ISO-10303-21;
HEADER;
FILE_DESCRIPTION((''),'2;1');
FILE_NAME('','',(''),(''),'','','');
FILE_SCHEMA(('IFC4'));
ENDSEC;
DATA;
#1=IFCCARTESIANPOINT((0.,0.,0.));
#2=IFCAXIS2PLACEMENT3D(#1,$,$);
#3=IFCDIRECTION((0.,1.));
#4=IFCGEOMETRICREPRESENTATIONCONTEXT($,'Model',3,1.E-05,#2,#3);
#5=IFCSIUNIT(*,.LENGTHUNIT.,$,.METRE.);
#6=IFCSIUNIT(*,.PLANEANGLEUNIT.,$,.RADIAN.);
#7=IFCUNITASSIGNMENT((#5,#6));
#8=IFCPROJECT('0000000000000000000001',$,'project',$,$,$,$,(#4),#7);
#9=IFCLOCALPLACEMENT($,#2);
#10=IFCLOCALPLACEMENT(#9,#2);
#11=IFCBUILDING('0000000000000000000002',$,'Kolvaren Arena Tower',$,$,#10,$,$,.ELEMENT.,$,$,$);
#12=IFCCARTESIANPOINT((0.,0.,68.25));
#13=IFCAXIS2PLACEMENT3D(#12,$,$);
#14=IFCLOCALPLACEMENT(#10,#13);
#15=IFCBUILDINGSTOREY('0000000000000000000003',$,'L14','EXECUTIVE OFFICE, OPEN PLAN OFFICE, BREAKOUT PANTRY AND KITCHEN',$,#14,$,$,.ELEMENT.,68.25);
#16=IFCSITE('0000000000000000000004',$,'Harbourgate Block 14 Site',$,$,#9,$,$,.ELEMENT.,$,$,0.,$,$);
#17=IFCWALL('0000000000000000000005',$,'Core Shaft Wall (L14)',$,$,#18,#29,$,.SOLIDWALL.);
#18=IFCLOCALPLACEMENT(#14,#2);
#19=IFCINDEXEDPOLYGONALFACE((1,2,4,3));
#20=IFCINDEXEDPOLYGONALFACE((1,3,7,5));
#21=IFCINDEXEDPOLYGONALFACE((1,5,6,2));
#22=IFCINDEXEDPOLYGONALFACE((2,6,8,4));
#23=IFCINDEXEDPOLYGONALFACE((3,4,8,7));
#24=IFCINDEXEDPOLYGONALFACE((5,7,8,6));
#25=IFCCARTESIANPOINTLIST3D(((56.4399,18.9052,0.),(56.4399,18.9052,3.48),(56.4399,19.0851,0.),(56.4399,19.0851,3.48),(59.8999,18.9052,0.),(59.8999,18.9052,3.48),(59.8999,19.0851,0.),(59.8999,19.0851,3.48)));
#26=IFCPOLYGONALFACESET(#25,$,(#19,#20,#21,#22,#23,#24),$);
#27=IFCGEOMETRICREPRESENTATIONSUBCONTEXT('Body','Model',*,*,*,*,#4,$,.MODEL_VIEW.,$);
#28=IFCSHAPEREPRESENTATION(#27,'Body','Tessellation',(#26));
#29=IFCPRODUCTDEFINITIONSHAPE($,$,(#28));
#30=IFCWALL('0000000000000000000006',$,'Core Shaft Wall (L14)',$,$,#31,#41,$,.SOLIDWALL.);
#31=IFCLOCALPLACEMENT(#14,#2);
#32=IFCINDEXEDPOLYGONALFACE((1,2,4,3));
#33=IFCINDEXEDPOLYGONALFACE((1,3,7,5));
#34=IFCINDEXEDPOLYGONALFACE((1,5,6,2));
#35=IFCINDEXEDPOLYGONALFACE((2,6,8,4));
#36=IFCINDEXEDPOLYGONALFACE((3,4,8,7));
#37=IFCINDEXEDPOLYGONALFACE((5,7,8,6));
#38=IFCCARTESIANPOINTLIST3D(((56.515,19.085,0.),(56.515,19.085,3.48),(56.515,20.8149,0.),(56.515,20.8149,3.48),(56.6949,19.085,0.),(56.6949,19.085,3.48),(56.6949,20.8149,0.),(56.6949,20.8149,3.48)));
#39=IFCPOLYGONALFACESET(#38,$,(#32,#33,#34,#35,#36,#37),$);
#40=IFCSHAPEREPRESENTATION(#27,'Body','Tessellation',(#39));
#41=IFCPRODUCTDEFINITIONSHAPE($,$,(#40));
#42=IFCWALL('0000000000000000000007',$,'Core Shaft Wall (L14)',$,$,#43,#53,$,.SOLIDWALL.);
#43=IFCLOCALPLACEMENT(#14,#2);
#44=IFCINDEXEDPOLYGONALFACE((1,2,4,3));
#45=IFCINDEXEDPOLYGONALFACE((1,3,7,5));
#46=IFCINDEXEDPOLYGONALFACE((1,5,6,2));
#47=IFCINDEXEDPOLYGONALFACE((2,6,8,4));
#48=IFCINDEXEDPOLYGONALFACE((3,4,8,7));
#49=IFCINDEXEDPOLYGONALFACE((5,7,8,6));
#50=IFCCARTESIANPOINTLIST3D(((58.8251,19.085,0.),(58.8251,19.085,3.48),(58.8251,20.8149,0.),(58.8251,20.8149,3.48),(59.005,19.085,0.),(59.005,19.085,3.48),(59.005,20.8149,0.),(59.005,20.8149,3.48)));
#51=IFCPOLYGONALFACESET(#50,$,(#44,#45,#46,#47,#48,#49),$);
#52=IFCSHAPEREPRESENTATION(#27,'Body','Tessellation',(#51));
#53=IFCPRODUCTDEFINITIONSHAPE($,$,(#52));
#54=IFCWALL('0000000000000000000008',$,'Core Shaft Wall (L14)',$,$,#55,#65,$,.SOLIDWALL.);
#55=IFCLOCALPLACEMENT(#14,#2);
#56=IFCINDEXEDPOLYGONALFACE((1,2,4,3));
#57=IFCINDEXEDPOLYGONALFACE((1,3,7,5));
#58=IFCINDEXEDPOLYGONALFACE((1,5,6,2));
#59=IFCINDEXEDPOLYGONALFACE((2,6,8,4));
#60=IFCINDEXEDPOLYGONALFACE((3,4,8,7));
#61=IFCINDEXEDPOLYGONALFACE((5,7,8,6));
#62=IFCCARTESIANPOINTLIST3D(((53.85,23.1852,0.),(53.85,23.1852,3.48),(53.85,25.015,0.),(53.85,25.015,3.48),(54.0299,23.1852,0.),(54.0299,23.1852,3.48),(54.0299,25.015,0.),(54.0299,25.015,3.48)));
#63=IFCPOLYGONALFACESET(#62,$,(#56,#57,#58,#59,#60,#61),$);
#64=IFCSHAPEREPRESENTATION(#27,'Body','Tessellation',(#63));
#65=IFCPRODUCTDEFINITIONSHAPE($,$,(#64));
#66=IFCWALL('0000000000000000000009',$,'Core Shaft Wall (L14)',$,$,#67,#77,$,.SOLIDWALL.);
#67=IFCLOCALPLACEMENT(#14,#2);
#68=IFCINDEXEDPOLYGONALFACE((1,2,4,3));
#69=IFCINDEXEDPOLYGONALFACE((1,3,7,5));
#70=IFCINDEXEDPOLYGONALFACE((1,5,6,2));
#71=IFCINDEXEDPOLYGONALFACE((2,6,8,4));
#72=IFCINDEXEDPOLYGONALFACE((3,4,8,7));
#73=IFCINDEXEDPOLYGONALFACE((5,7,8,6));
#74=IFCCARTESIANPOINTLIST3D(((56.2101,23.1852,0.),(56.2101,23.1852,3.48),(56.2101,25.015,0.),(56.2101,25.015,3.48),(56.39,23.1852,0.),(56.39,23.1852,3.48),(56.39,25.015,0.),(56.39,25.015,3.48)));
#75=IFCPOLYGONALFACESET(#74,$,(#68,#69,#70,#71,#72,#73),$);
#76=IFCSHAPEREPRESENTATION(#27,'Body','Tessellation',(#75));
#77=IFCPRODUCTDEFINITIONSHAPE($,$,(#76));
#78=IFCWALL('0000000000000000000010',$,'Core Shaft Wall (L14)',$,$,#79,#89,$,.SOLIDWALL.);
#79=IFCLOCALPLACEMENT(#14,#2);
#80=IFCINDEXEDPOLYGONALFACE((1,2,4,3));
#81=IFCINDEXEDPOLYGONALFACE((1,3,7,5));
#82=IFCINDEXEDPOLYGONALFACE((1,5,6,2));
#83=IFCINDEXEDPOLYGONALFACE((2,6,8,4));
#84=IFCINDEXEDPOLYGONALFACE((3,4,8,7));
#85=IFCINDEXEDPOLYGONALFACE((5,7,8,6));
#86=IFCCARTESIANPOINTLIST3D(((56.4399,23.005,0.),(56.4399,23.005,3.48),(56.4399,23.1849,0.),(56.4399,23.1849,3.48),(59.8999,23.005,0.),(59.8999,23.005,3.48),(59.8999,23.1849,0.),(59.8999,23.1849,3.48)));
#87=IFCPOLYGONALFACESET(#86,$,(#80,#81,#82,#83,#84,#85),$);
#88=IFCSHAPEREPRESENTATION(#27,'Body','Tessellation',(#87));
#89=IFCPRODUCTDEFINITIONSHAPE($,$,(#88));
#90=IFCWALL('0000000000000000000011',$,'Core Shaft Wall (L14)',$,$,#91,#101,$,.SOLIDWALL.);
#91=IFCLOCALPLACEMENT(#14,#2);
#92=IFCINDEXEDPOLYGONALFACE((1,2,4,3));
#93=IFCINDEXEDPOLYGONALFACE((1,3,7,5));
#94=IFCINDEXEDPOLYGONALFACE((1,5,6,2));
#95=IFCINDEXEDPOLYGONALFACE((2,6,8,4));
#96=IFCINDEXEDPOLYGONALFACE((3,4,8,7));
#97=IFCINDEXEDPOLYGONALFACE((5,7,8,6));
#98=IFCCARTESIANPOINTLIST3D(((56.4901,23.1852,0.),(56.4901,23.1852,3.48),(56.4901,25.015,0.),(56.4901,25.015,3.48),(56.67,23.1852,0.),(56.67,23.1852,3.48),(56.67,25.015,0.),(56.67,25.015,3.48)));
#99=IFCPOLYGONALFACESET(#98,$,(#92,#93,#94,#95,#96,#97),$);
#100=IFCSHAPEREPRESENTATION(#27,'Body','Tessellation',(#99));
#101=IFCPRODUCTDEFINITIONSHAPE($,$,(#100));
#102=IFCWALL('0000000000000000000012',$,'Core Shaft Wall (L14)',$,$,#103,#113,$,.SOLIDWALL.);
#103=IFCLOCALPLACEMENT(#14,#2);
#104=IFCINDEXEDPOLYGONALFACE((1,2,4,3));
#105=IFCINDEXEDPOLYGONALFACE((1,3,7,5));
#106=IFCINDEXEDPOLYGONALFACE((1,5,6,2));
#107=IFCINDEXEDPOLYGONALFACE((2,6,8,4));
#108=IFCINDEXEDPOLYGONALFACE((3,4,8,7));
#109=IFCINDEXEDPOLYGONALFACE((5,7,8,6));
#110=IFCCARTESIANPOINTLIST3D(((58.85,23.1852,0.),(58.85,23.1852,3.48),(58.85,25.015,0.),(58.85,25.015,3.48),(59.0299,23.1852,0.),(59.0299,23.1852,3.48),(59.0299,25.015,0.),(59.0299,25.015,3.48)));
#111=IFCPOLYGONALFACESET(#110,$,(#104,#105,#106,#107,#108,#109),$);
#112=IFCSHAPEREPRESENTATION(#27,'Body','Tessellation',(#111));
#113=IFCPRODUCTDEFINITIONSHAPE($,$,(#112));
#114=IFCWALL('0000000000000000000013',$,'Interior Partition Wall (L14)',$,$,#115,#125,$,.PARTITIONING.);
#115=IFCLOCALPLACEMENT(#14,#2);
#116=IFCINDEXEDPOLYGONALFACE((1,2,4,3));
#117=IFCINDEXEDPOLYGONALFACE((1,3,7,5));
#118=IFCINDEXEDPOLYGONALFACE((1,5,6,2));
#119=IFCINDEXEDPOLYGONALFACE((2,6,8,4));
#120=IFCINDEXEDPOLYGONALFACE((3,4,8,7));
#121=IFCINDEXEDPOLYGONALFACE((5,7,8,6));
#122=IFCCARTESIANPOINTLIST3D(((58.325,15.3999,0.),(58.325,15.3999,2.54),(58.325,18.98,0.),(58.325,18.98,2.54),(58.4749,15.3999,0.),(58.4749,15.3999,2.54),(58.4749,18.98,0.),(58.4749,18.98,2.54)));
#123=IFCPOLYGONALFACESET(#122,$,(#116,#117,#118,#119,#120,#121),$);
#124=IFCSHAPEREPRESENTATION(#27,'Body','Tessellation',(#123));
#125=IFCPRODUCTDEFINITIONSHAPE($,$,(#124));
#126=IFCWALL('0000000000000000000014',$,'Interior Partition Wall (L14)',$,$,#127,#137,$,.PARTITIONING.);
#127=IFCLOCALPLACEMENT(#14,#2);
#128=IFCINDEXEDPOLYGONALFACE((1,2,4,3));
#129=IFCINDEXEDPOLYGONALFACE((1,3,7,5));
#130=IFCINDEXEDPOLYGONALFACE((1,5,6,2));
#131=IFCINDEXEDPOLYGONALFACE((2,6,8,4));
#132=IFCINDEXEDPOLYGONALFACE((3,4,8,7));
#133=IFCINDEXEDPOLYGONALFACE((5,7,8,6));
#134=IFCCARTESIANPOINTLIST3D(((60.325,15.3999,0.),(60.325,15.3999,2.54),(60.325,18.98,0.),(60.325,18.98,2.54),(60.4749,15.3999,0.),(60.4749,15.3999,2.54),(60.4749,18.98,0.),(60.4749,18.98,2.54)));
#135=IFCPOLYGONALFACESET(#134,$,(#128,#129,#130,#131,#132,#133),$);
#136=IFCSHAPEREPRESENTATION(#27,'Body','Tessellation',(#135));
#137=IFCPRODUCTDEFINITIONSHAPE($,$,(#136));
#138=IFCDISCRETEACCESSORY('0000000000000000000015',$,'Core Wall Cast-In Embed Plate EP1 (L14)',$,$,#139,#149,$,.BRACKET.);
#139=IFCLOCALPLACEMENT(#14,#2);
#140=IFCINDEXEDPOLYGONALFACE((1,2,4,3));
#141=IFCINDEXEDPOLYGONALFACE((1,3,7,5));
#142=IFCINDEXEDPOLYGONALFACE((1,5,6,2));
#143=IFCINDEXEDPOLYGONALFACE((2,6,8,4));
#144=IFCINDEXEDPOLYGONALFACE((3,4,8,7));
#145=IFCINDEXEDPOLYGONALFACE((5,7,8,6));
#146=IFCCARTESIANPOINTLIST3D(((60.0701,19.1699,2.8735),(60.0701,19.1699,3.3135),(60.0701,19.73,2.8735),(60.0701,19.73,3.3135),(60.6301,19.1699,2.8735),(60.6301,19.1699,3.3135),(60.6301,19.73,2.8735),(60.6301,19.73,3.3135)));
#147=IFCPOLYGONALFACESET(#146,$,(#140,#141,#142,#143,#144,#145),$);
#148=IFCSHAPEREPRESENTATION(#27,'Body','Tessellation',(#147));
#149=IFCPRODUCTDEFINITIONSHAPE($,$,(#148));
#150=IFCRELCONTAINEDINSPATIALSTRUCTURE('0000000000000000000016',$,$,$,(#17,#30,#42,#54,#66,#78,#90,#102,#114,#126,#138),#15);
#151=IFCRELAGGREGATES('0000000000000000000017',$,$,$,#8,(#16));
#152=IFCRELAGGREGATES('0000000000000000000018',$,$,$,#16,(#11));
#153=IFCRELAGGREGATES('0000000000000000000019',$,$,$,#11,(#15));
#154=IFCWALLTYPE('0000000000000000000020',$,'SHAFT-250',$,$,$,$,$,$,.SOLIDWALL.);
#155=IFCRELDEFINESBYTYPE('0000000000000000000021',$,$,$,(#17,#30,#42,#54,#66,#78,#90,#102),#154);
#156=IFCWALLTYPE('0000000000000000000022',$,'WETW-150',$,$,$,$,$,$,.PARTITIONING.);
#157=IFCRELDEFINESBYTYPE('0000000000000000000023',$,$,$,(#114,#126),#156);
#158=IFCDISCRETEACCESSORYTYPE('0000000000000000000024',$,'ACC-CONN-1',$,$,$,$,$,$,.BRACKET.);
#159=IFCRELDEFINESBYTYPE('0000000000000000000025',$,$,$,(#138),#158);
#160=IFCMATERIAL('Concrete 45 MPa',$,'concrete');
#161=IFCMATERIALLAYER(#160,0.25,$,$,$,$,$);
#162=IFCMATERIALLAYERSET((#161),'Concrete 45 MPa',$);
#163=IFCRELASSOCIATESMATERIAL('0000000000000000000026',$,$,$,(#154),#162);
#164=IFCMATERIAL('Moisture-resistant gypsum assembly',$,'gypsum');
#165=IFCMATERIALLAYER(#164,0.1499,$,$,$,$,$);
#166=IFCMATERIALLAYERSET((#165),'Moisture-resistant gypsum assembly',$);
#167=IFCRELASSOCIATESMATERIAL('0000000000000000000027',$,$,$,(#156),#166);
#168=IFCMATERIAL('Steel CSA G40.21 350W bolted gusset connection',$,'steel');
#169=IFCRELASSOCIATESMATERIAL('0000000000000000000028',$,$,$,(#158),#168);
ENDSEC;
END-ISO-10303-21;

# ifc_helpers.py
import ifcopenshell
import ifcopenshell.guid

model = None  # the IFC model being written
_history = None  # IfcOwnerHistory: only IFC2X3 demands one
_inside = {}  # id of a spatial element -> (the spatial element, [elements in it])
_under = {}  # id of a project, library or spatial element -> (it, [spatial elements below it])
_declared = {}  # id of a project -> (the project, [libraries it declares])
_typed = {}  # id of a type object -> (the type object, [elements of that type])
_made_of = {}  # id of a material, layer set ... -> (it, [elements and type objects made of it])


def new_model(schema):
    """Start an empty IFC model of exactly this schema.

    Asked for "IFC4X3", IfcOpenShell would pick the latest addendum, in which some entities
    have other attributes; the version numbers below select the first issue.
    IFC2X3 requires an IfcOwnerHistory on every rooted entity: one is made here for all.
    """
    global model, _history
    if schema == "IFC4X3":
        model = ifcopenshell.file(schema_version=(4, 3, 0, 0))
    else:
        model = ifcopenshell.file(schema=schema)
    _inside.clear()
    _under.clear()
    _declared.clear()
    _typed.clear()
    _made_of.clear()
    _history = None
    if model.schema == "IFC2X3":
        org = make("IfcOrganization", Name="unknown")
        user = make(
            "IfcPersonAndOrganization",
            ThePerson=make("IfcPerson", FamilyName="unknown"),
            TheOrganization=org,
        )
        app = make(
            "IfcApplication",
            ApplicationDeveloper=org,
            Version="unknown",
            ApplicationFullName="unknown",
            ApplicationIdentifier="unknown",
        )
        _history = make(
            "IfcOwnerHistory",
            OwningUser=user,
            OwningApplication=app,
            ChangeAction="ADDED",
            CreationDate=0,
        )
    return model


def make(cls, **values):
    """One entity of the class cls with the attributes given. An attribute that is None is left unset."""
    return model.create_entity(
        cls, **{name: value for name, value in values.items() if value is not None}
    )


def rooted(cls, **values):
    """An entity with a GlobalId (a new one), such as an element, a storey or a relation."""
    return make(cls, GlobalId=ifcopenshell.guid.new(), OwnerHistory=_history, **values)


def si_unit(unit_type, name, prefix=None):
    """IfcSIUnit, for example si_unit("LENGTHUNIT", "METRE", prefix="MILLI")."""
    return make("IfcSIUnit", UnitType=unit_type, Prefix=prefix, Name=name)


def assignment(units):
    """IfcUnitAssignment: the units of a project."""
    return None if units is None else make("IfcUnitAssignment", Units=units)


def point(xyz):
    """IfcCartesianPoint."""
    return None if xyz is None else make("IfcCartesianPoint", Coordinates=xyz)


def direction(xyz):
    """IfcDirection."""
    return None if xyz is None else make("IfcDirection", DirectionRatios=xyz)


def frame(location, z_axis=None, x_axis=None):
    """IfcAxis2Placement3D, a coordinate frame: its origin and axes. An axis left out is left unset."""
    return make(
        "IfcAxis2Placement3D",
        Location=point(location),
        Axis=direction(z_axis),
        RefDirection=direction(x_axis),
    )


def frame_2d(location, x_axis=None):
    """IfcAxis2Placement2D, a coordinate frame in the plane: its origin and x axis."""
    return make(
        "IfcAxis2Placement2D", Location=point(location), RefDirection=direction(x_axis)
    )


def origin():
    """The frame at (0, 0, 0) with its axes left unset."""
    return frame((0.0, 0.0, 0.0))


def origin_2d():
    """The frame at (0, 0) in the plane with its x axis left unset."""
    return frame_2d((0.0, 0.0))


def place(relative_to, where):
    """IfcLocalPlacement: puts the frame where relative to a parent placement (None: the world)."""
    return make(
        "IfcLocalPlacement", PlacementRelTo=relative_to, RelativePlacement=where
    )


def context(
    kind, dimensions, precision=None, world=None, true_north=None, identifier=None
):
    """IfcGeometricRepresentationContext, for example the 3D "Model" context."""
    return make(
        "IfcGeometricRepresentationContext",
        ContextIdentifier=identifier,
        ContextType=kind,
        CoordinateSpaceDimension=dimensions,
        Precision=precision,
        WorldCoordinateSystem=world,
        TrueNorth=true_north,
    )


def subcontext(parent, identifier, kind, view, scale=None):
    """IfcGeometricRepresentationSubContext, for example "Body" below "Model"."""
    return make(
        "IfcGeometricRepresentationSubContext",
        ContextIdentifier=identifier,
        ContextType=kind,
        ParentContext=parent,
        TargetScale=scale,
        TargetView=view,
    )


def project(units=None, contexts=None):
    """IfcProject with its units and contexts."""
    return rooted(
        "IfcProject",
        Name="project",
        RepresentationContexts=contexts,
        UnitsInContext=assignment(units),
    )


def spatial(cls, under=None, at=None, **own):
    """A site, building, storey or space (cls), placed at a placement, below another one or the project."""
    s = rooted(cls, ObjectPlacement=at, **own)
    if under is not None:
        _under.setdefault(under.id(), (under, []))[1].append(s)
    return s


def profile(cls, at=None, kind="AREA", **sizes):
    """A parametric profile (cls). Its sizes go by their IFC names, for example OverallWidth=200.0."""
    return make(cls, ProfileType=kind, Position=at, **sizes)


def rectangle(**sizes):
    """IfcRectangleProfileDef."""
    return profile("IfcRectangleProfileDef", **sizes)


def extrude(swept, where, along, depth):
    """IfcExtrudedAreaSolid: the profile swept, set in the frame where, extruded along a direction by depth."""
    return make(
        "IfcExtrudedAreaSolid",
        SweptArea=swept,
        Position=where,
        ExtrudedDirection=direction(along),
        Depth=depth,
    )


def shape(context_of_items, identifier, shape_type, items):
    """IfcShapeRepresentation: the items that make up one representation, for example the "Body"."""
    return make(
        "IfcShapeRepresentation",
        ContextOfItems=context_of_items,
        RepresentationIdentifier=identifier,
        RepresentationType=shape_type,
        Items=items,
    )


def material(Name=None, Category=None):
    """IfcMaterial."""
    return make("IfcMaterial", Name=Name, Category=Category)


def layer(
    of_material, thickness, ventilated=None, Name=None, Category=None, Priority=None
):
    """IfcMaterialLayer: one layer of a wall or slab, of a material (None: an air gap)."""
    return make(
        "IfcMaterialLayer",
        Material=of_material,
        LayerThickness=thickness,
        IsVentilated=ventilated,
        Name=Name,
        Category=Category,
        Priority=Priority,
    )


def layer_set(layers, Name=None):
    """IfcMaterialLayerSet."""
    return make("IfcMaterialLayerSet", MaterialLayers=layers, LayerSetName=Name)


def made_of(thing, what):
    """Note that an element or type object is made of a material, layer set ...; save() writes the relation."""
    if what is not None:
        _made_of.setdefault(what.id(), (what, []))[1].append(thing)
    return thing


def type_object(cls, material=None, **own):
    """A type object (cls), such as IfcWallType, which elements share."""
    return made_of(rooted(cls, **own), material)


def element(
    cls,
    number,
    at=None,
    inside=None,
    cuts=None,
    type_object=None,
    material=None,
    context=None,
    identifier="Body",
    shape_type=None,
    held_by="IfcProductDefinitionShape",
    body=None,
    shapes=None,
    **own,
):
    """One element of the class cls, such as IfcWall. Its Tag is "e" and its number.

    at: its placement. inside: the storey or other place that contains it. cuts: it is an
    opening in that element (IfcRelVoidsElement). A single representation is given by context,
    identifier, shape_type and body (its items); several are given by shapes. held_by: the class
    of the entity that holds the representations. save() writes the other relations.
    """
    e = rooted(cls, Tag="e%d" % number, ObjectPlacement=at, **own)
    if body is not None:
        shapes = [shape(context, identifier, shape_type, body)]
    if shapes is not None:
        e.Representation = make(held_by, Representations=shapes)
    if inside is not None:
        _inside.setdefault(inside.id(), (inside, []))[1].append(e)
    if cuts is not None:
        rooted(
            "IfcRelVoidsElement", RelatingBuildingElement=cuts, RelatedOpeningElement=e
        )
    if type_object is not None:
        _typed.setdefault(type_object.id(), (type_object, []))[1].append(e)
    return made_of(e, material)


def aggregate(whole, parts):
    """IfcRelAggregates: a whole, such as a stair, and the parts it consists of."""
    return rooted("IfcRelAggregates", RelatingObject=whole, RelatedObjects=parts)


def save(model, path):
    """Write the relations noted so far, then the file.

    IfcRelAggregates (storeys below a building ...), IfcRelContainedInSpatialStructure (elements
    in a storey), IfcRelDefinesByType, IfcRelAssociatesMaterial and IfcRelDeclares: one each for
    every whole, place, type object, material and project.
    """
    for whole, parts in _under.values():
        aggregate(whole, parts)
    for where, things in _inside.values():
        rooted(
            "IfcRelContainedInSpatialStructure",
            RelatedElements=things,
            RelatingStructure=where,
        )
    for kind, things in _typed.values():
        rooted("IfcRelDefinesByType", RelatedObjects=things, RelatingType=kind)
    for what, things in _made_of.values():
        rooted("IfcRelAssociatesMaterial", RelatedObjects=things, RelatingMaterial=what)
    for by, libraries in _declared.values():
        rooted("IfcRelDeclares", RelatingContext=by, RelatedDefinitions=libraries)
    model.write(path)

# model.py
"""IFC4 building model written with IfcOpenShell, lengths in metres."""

from ifc_helpers import new_model, si_unit, direction, frame, frame_2d, origin, origin_2d, place, context, subcontext, project, spatial, rectangle, extrude, material, layer, layer_set, type_object, element, save


model = new_model("IFC4")

# Units and contexts
model_context = context("Model", 3, precision=1e-05, world=origin(), true_north=direction((0.0, 1.0)))
body_context = subcontext(model_context, "Body", "Model", "MODEL_VIEW")
ifc_project = project(units=[si_unit("LENGTHUNIT", "METRE"), si_unit("PLANEANGLEUNIT", "RADIAN")], contexts=[model_context])

# Site, building, storey
site_placement = place(None, origin())
site = spatial("IfcSite", under=ifc_project, at=site_placement, Name="Harbourgate Block 14 Site", CompositionType="ELEMENT", RefElevation=0.0)
building_placement = place(site_placement, origin())
building = spatial("IfcBuilding", under=site, at=building_placement, Name="Kolvaren Arena Tower", CompositionType="ELEMENT")
storey_placement = place(building_placement, frame((0.0, 0.0, 68.25)))
storey = spatial("IfcBuildingStorey", under=building, at=storey_placement, Name="L14", Description="EXECUTIVE OFFICE, OPEN PLAN OFFICE, BREAKOUT PANTRY AND KITCHEN", CompositionType="ELEMENT", Elevation=68.25)

# Shared definitions
ifc_material_1 = material(Name="Concrete 45 MPa", Category="concrete")
ifc_layer_1 = layer(ifc_material_1, 0.25)
ifc_layer_set_1 = layer_set([ifc_layer_1], Name="Concrete 45 MPa")
wall_type_1 = type_object("IfcWallType", Name="SHAFT-250", PredefinedType="SOLIDWALL", material=ifc_layer_set_1)

# Walls
wall_1_placement = place(storey_placement, frame((56.4399, 18.9951, 0.0), z_axis=(0.0, 0.0, 1.0), x_axis=(1.0, 0.0, 0.0)))
element("IfcWall", 1, at=wall_1_placement, inside=storey, type_object=wall_type_1, Name="Core Shaft Wall (L14)", PredefinedType="SOLIDWALL", context=body_context, shape_type="SweptSolid", body=[
    extrude(rectangle(XDim=3.46, YDim=0.1799, at=frame_2d((1.73, 0.0))), origin(), (0.0, 0.0, 1.0), 3.48),
])
for number, where, z_axis, x_axis, name in (
    (2, (56.605, 19.085, 0.0), (0.0, 0.0, 1.0), (0.0, 1.0, 0.0), "Core Shaft Wall (L14)"),
    (3, (58.915, 19.085, 0.0), (0.0, 0.0, 1.0), (0.0, 1.0, 0.0), "Core Shaft Wall (L14)"),
):
    element("IfcWall", number, at=place(storey_placement, frame(where, z_axis=z_axis, x_axis=x_axis)), inside=storey, type_object=wall_type_1, Name=name, PredefinedType="SOLIDWALL", context=body_context, shape_type="SweptSolid", body=[
        extrude(rectangle(XDim=1.73, YDim=0.1799, at=frame_2d((0.865, 0.0))), origin(), (0.0, 0.0, 1.0), 3.48),
    ])
for number, where, z_axis, x_axis, name in (
    (4, (53.9399, 23.1851, 0.0), (0.0, 0.0, 1.0), (0.0, 1.0, 0.0), "Core Shaft Wall (L14)"),
    (5, (56.3, 23.1851, 0.0), (0.0, 0.0, 1.0), (0.0, 1.0, 0.0), "Core Shaft Wall (L14)"),
):
    element("IfcWall", number, at=place(storey_placement, frame(where, z_axis=z_axis, x_axis=x_axis)), inside=storey, type_object=wall_type_1, Name=name, PredefinedType="SOLIDWALL", context=body_context, shape_type="SweptSolid", body=[
        extrude(rectangle(XDim=1.8298, YDim=0.1799, at=frame_2d((0.915, 0.0))), origin(), (0.0, 0.0, 1.0), 3.48),
    ])
wall_2_placement = place(storey_placement, frame((56.4399, 23.095, 0.0), z_axis=(0.0, 0.0, 1.0), x_axis=(1.0, 0.0, 0.0)))
element("IfcWall", 6, at=wall_2_placement, inside=storey, type_object=wall_type_1, Name="Core Shaft Wall (L14)", PredefinedType="SOLIDWALL", context=body_context, shape_type="SweptSolid", body=[
    extrude(rectangle(XDim=3.46, YDim=0.1799, at=frame_2d((1.73, 0.0))), origin(), (0.0, 0.0, 1.0), 3.48),
])
for number, where, z_axis, x_axis, name in (
    (7, (56.5801, 23.1851, 0.0), (0.0, 0.0, 1.0), (0.0, 1.0, 0.0), "Core Shaft Wall (L14)"),
    (8, (58.9399, 23.1851, 0.0), (0.0, 0.0, 1.0), (0.0, 1.0, 0.0), "Core Shaft Wall (L14)"),
):
    element("IfcWall", number, at=place(storey_placement, frame(where, z_axis=z_axis, x_axis=x_axis)), inside=storey, type_object=wall_type_1, Name=name, PredefinedType="SOLIDWALL", context=body_context, shape_type="SweptSolid", body=[
        extrude(rectangle(XDim=1.8298, YDim=0.1799, at=frame_2d((0.915, 0.0))), origin(), (0.0, 0.0, 1.0), 3.48),
    ])
ifc_material_2 = material(Name="Moisture-resistant gypsum assembly", Category="gypsum")
ifc_layer_2 = layer(ifc_material_2, 0.1499)
ifc_layer_set_2 = layer_set([ifc_layer_2], Name="Moisture-resistant gypsum assembly")
wall_type_2 = type_object("IfcWallType", Name="WETW-150", PredefinedType="PARTITIONING", material=ifc_layer_set_2)
for number, where, z_axis, x_axis, name in (
    (9, (58.3999, 15.3999, 0.0), (0.0, 0.0, 1.0), (0.0, 1.0, 0.0), "Interior Partition Wall (L14)"),
    (10, (60.3999, 15.3999, 0.0), (0.0, 0.0, 1.0), (0.0, 1.0, 0.0), "Interior Partition Wall (L14)"),
):
    element("IfcWall", number, at=place(storey_placement, frame(where, z_axis=z_axis, x_axis=x_axis)), inside=storey, type_object=wall_type_2, Name=name, PredefinedType="PARTITIONING", context=body_context, shape_type="SweptSolid", body=[
        extrude(rectangle(XDim=3.5801, YDim=0.1499, at=frame_2d((1.79, 0.0))), origin(), (0.0, 0.0, 1.0), 2.54),
    ])

# Discrete accessory
ifc_material_3 = material(Name="Steel CSA G40.21 350W bolted gusset connection", Category="steel")
discrete_accessory_type = type_object("IfcDiscreteAccessoryType", Name="ACC-CONN-1", PredefinedType="BRACKET", material=ifc_material_3)
discrete_accessory_placement = place(storey_placement, frame((60.3501, 19.45, 2.8735), z_axis=(0.0, 0.0, 1.0), x_axis=(1.0, 0.0, 0.0)))
element("IfcDiscreteAccessory", 11, at=discrete_accessory_placement, inside=storey, type_object=discrete_accessory_type, Name="Core Wall Cast-In Embed Plate EP1 (L14)", PredefinedType="BRACKET", context=body_context, shape_type="SweptSolid", body=[
    extrude(rectangle(XDim=0.5601, YDim=0.5601, at=origin_2d()), origin(), (0.0, 0.0, 1.0), 0.4399),
])

save(model, "model.ifc")
